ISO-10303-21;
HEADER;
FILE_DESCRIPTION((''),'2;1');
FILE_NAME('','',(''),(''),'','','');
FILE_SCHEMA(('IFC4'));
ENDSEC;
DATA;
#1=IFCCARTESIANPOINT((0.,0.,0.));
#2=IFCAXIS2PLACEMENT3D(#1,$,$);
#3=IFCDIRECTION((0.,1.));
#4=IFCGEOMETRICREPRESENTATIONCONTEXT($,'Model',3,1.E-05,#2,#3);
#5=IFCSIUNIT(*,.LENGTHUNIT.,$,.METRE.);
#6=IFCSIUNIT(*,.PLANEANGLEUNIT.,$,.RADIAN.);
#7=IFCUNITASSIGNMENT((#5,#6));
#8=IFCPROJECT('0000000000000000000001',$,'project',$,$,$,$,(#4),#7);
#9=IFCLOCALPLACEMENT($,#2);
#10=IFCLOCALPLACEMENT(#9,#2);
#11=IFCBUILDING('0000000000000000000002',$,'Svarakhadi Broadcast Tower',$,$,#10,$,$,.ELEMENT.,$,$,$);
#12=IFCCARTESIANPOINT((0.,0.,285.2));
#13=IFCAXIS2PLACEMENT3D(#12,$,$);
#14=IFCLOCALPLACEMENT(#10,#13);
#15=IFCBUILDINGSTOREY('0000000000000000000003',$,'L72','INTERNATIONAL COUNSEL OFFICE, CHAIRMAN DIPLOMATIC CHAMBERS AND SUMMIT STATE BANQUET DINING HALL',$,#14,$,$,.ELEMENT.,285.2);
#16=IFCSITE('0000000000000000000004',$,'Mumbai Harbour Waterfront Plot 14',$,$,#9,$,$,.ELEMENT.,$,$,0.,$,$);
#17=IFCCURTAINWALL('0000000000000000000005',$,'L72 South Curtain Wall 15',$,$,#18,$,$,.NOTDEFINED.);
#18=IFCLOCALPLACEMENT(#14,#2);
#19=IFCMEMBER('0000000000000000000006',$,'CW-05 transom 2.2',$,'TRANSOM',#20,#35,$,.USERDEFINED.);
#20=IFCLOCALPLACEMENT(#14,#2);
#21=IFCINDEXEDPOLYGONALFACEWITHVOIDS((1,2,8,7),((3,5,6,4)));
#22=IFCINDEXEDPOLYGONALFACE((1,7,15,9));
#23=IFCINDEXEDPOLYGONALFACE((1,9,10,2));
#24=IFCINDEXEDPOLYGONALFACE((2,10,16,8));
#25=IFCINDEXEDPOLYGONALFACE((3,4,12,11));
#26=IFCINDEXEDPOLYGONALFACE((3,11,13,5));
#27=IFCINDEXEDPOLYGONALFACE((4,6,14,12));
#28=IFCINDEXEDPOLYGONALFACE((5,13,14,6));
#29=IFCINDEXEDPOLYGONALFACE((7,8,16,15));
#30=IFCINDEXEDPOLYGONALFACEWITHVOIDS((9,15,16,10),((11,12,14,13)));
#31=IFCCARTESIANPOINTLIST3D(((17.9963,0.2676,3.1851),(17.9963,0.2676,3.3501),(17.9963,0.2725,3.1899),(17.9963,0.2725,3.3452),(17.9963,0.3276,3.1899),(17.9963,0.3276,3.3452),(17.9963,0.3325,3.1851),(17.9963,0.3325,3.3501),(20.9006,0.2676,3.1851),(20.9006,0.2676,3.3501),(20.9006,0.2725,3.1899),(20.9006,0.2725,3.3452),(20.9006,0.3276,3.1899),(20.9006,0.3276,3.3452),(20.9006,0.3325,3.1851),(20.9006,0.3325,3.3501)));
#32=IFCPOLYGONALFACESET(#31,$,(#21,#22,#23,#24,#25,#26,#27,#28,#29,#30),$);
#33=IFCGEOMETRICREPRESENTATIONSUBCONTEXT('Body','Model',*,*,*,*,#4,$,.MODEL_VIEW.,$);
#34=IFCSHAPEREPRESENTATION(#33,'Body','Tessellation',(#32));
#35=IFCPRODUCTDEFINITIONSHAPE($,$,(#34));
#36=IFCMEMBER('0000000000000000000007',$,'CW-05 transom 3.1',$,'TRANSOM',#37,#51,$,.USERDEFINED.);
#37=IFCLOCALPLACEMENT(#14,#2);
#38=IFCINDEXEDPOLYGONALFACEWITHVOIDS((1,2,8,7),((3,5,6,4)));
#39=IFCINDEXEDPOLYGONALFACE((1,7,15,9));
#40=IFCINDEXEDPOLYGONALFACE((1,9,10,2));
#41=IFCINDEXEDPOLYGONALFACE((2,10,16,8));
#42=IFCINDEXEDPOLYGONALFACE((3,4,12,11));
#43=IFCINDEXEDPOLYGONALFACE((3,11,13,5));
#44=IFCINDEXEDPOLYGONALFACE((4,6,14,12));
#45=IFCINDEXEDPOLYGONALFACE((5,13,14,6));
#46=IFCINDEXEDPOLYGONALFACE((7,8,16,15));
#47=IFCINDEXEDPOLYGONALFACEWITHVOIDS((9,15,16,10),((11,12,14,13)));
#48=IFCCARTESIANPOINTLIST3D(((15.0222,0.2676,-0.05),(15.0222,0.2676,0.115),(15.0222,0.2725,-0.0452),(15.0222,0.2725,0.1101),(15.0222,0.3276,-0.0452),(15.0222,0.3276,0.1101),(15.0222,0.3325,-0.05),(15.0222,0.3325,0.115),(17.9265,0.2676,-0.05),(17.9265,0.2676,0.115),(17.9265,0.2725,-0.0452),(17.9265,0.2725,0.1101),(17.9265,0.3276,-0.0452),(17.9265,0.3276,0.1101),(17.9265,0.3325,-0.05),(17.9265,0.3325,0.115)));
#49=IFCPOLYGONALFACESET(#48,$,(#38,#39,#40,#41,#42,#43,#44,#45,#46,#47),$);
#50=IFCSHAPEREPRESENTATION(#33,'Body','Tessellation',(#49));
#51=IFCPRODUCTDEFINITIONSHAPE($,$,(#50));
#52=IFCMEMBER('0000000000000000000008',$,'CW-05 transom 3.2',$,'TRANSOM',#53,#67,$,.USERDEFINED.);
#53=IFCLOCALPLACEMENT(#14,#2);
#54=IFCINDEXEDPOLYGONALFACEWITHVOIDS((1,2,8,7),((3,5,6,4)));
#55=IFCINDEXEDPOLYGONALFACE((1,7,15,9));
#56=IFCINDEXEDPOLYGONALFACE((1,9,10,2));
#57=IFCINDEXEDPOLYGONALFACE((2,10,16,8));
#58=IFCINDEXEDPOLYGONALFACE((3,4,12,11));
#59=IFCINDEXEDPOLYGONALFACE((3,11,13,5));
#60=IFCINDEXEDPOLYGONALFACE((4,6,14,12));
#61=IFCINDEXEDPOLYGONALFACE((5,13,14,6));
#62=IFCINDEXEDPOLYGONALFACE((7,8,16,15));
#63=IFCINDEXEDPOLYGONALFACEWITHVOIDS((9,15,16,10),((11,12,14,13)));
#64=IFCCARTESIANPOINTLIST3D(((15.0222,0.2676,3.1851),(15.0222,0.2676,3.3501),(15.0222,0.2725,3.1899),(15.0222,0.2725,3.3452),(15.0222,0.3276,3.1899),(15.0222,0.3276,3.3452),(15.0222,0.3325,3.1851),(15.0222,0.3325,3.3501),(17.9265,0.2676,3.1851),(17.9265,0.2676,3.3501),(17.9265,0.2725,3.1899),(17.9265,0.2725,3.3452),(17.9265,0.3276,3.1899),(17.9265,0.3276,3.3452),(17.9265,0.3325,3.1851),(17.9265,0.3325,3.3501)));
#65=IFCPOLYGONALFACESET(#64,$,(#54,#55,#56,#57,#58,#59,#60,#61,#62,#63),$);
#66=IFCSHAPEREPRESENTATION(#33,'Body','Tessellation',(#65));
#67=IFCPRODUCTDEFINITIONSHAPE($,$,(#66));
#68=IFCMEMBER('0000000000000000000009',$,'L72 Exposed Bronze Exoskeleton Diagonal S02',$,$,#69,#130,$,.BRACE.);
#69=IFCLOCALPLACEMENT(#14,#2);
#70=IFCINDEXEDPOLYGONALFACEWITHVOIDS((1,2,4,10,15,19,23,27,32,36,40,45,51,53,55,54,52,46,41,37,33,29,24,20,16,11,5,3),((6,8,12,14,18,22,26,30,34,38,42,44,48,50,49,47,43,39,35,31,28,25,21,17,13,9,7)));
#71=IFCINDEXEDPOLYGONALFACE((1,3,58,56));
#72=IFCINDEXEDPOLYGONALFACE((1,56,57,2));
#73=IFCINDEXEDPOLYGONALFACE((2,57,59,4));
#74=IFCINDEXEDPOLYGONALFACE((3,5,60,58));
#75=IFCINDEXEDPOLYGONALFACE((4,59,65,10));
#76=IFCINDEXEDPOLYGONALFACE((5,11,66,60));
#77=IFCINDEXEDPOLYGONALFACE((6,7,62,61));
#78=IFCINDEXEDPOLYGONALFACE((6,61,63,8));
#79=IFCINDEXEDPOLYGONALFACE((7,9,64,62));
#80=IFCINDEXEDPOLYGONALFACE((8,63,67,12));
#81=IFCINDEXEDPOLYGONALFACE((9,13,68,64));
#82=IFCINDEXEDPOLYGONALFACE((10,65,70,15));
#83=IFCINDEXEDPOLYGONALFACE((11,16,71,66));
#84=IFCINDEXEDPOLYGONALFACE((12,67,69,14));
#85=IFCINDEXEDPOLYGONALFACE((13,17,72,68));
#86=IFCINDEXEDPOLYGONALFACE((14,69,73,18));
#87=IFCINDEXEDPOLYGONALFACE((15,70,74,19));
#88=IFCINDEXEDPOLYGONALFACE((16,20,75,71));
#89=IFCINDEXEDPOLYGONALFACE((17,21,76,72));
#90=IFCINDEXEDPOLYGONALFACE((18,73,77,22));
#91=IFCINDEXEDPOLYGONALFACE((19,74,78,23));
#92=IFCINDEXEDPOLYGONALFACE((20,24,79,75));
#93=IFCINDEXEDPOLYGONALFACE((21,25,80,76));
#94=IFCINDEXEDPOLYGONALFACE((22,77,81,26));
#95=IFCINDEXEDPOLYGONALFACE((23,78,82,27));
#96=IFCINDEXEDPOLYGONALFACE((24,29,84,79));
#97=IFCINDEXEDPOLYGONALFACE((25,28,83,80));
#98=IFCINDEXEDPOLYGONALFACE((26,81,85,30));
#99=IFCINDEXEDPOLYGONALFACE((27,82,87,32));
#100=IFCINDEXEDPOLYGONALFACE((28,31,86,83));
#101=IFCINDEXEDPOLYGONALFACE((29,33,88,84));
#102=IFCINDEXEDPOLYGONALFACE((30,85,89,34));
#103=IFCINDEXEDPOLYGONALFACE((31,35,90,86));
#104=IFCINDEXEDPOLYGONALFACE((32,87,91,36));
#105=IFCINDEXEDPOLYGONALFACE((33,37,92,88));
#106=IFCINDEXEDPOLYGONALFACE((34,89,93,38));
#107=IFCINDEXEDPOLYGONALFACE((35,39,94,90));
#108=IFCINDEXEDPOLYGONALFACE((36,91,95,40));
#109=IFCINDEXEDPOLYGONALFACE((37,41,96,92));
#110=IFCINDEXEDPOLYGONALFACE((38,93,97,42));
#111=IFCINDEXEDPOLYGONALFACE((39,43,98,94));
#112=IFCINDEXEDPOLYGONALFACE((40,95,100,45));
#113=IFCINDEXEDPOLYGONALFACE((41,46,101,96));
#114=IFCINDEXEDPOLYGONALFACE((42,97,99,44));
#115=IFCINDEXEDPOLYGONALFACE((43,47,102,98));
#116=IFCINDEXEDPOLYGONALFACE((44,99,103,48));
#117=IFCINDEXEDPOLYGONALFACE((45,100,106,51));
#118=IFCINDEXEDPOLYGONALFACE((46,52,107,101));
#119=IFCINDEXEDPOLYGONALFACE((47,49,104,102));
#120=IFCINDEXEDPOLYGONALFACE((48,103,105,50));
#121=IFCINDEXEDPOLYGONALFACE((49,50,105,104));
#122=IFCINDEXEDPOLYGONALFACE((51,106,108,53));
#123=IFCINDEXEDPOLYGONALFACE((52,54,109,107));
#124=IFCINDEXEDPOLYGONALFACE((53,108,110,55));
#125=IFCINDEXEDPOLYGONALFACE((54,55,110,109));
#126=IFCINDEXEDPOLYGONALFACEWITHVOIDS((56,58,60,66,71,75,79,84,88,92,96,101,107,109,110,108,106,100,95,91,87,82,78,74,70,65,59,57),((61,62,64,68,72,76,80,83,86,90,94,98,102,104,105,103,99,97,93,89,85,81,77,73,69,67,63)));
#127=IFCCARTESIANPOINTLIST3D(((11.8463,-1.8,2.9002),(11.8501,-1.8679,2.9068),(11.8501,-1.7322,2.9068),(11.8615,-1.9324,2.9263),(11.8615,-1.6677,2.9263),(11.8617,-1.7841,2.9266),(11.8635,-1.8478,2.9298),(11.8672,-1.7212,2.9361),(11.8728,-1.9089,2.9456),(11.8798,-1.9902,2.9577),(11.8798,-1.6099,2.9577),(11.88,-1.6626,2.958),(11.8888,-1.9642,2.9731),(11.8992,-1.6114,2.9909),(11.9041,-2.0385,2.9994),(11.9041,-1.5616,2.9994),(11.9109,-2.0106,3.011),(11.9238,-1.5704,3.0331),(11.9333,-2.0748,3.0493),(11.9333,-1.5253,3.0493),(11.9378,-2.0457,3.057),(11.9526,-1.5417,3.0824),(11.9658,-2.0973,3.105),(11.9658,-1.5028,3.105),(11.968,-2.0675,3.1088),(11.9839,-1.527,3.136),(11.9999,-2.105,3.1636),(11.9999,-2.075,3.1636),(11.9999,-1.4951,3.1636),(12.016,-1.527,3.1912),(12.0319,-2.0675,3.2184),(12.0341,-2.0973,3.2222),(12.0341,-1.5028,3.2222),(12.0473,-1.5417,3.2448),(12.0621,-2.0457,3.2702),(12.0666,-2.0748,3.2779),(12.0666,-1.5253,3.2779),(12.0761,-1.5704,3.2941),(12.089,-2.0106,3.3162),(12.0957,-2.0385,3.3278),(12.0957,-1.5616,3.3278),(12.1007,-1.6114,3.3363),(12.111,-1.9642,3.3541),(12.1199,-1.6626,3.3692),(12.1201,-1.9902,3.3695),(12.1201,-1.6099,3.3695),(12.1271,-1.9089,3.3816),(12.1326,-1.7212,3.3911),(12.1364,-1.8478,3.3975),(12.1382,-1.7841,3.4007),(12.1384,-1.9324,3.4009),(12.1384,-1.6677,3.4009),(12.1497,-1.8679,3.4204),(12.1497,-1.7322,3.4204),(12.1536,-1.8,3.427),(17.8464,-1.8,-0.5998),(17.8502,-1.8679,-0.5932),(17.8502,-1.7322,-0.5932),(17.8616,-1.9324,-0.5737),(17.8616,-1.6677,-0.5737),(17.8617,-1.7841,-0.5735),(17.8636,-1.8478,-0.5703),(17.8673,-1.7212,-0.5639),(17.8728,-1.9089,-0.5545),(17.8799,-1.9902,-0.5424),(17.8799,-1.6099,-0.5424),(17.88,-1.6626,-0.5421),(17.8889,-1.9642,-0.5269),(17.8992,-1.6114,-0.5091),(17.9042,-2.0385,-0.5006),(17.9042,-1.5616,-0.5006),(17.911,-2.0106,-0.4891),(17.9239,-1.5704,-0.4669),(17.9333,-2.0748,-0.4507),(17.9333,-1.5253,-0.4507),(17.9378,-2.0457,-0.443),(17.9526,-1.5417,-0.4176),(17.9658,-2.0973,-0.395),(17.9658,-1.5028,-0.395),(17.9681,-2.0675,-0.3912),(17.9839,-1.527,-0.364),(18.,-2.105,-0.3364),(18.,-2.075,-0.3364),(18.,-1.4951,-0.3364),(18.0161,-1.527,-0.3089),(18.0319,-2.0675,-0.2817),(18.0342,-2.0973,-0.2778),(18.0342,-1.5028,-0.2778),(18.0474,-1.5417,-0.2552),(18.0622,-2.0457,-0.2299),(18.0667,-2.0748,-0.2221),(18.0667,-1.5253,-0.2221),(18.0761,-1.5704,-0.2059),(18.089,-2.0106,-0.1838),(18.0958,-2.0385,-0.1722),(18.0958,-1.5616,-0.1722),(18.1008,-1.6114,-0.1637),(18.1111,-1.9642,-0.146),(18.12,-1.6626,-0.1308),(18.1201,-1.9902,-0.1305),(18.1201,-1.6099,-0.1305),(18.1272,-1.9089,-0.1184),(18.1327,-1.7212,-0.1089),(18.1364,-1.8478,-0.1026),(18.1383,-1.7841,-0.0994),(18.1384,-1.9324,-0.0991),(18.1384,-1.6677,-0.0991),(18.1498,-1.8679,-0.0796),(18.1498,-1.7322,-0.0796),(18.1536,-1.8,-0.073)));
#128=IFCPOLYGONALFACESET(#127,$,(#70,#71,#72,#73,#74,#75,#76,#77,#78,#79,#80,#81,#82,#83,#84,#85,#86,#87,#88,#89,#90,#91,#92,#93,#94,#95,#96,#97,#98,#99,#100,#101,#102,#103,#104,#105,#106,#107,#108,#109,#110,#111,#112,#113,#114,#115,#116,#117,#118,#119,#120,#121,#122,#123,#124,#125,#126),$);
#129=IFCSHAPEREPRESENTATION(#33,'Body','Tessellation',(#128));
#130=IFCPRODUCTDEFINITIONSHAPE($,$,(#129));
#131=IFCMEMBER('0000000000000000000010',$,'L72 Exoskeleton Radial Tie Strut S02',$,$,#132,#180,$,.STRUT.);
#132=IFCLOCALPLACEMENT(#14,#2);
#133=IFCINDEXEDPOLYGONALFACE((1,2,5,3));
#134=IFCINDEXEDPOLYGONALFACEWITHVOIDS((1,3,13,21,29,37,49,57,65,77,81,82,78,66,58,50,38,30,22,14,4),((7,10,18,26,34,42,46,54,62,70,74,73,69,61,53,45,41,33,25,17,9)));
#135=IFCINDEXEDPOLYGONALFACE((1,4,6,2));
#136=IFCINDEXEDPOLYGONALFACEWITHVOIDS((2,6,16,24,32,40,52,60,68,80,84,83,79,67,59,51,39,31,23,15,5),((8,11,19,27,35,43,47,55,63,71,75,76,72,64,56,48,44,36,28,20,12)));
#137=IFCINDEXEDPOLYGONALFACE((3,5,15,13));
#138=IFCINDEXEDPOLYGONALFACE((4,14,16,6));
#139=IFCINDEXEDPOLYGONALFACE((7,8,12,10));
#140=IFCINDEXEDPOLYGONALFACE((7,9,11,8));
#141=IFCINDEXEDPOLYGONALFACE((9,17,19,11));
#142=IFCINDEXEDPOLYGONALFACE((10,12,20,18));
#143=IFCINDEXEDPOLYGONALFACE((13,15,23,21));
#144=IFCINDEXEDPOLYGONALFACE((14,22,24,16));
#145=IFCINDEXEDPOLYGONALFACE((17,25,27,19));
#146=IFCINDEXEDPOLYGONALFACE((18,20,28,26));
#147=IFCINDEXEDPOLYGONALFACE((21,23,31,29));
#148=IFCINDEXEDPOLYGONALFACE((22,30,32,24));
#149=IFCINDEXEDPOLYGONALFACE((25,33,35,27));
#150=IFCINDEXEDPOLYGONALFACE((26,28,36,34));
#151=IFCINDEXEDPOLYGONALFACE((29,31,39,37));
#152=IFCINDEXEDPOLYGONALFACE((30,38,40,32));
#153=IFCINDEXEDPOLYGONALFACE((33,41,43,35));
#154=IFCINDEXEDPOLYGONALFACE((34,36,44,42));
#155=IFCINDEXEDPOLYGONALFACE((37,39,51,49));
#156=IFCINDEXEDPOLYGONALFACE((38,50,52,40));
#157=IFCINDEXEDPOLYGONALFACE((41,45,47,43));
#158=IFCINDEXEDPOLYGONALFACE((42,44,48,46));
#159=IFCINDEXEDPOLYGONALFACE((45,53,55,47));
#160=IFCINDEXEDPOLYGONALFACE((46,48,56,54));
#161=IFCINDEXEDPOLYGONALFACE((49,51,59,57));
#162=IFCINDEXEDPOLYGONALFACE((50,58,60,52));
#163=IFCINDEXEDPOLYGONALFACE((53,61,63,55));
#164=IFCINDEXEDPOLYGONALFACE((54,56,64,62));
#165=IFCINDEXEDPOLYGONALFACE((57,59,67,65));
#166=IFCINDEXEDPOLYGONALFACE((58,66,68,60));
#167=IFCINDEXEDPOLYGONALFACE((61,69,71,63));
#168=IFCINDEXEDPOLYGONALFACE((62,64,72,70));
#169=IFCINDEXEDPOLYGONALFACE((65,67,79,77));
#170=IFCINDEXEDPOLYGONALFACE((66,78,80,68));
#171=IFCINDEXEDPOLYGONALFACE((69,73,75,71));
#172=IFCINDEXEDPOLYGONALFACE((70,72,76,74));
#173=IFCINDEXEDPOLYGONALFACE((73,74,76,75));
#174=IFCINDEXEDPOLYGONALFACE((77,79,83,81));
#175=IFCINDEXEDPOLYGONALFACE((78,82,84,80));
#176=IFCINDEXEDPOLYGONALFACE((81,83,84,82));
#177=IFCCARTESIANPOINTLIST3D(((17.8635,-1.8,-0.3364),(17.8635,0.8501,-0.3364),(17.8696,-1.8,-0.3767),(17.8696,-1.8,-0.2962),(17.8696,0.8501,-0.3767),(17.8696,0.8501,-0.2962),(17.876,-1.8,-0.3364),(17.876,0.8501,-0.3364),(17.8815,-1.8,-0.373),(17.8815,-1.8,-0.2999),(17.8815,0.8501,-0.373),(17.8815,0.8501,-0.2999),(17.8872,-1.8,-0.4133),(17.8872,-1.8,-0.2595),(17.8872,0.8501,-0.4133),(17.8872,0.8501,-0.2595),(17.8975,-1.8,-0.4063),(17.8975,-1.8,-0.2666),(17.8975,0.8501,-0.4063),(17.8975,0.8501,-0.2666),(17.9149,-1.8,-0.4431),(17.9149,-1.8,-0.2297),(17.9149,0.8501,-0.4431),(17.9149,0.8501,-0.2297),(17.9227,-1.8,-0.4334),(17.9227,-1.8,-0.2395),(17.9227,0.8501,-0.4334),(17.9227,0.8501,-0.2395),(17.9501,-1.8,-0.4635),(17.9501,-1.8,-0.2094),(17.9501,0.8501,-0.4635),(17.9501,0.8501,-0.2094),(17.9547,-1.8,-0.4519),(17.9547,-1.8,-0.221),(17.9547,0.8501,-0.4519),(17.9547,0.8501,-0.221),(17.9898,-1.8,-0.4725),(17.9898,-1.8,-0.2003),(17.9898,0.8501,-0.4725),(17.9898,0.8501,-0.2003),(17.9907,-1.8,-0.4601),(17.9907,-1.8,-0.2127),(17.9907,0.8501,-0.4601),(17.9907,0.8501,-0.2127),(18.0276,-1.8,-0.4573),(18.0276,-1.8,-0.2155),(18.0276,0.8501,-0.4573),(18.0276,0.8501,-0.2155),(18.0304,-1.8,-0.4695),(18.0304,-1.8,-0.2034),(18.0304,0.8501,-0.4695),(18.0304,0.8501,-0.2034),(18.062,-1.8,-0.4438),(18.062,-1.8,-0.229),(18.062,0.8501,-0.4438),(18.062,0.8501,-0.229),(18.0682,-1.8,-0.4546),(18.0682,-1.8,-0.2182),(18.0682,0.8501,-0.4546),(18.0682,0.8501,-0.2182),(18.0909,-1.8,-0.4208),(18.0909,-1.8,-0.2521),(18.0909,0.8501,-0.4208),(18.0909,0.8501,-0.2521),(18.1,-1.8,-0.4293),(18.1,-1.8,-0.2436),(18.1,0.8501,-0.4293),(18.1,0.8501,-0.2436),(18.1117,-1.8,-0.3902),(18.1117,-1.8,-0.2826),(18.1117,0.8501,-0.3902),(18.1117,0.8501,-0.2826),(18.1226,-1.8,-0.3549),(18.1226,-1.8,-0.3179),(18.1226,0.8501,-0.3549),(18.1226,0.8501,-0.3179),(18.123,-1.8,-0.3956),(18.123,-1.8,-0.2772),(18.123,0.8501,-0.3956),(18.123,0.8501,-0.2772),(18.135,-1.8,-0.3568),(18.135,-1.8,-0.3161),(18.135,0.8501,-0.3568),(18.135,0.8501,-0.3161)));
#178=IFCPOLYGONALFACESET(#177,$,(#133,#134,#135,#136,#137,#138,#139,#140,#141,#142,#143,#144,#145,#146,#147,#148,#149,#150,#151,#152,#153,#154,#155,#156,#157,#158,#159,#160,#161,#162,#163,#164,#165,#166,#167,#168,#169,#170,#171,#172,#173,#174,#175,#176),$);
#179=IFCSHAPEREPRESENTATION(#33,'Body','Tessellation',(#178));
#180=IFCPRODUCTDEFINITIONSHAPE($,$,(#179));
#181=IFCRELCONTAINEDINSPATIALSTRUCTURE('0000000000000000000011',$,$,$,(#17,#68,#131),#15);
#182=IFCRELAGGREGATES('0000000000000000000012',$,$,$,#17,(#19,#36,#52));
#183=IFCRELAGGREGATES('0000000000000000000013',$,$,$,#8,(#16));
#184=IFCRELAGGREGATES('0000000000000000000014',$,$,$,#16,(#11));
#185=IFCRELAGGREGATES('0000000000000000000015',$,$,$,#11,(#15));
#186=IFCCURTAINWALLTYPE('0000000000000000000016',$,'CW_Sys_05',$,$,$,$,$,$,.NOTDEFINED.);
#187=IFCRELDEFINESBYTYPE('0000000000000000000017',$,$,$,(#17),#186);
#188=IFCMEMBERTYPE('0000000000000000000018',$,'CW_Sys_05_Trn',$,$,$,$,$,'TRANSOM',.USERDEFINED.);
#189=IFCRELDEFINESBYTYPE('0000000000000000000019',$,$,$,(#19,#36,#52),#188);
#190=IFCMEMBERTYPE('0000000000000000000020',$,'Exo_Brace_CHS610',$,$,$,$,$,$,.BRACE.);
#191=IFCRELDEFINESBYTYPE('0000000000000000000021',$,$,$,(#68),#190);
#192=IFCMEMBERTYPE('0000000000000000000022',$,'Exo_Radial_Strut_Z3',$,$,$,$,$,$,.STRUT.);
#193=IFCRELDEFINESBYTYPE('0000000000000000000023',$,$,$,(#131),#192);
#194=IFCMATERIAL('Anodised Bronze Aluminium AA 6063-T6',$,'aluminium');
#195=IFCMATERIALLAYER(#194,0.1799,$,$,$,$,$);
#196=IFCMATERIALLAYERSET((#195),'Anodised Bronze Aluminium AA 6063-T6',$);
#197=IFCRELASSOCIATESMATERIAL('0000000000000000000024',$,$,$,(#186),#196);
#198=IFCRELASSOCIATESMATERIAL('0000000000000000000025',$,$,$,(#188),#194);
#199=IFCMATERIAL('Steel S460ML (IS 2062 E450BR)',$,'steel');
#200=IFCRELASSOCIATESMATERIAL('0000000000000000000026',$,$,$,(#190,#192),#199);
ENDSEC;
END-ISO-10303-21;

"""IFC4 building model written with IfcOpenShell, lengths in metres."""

from ifc_helpers import new_model, si_unit, direction, frame, origin, origin_2d, place, context, subcontext, project, spatial, hollow_rectangle, hollow_circle, extrude, material, layer, layer_set, material_profile, profile_set, type_object, element, aggregate, save


model = new_model("IFC4")

# Units and contexts
model_context = context("Model", 3, precision=1e-05, world=origin(), true_north=direction((0.0, 1.0)))
body_context = subcontext(model_context, "Body", "Model", "MODEL_VIEW")
ifc_project = project(units=[si_unit("LENGTHUNIT", "METRE"), si_unit("PLANEANGLEUNIT", "RADIAN")], contexts=[model_context])

# Site, building, storey
site_placement = place(None, origin())
site = spatial("IfcSite", under=ifc_project, at=site_placement, Name="Mumbai Harbour Waterfront Plot 14", CompositionType="ELEMENT", RefElevation=0.0)
building_placement = place(site_placement, origin())
building = spatial("IfcBuilding", under=site, at=building_placement, Name="Svarakhadi Broadcast Tower", CompositionType="ELEMENT")
storey_placement = place(building_placement, frame((0.0, 0.0, 285.2)))
storey = spatial("IfcBuildingStorey", under=building, at=storey_placement, Name="L72", Description="INTERNATIONAL COUNSEL OFFICE, CHAIRMAN DIPLOMATIC CHAMBERS AND SUMMIT STATE BANQUET DINING HALL", CompositionType="ELEMENT", Elevation=285.2)

# Shared definitions
ifc_material_1 = material(Name="Steel S460ML (IS 2062 E450BR)", Category="steel")

# Curtain wall, members
ifc_material_2 = material(Name="Anodised Bronze Aluminium AA 6063-T6", Category="aluminium")
ifc_layer_1 = layer(ifc_material_2, 0.1799)
ifc_layer_set_1 = layer_set([ifc_layer_1], Name="Anodised Bronze Aluminium AA 6063-T6")
curtain_wall_type = type_object("IfcCurtainWallType", Name="CW_Sys_05", PredefinedType="NOTDEFINED", material=ifc_layer_set_1)
curtain_wall_placement = place(storey_placement, origin())
curtain_wall = element("IfcCurtainWall", 1, at=curtain_wall_placement, inside=storey, type_object=curtain_wall_type, Name="L72 South Curtain Wall 15", PredefinedType="NOTDEFINED")
ifc_material_profile_1 = material_profile(ifc_material_2, hollow_rectangle(XDim=0.0649, YDim=0.165, WallThickness=0.0049, at=origin_2d()), Name="ALU TRANSOM 165x65x5")
ifc_profile_set_1 = profile_set([ifc_material_profile_1], Name="Anodised Bronze Aluminium AA 6063-T6")
member_type_1 = type_object("IfcMemberType", Name="CW_Sys_05_Trn", ElementType="TRANSOM", PredefinedType="USERDEFINED", material=ifc_profile_set_1)
member_1_placement = place(storey_placement, frame((20.9006, 0.3, 3.2676), z_axis=(-1.0, 0.0, 0.0), x_axis=(0.0, -1.0, 0.0)))
member_1 = element("IfcMember", 2, at=member_1_placement, type_object=member_type_1, Name="CW-05 transom 2.2", ObjectType="TRANSOM", PredefinedType="USERDEFINED", context=body_context, shape_type="SweptSolid", body=[
    extrude(hollow_rectangle(XDim=0.0649, YDim=0.165, WallThickness=0.0049, at=origin_2d()), origin(), (0.0, 0.0, 1.0), 2.9043),
])
member_2_placement = place(storey_placement, frame((17.9265, 0.3, 0.0325), z_axis=(-1.0, 0.0, 0.0), x_axis=(0.0, -1.0, 0.0)))
member_2 = element("IfcMember", 3, at=member_2_placement, type_object=member_type_1, Name="CW-05 transom 3.1", ObjectType="TRANSOM", PredefinedType="USERDEFINED", context=body_context, shape_type="SweptSolid", body=[
    extrude(hollow_rectangle(XDim=0.0649, YDim=0.165, WallThickness=0.0049, at=origin_2d()), origin(), (0.0, 0.0, 1.0), 2.9043),
])
member_3_placement = place(storey_placement, frame((17.9265, 0.3, 3.2676), z_axis=(-1.0, 0.0, 0.0), x_axis=(0.0, -1.0, 0.0)))
member_3 = element("IfcMember", 4, at=member_3_placement, type_object=member_type_1, Name="CW-05 transom 3.2", ObjectType="TRANSOM", PredefinedType="USERDEFINED", context=body_context, shape_type="SweptSolid", body=[
    extrude(hollow_rectangle(XDim=0.0649, YDim=0.165, WallThickness=0.0049, at=origin_2d()), origin(), (0.0, 0.0, 1.0), 2.9043),
])

# Members
ifc_material_profile_2 = material_profile(ifc_material_1, hollow_circle(Radius=0.3049, WallThickness=0.03, at=origin_2d()), Name="CHS 610x30")
ifc_profile_set_2 = profile_set([ifc_material_profile_2], Name="Steel S460ML (IS 2062 E450BR)")
member_type_2 = type_object("IfcMemberType", Name="Exo_Brace_CHS610", PredefinedType="BRACE", material=ifc_profile_set_2)
member_4_placement = place(storey_placement, frame((18.0, -1.8, -0.3364), z_axis=(-0.863779, 0.0, 0.503871), x_axis=(0.0, -1.0, 0.0)))
element("IfcMember", 5, at=member_4_placement, inside=storey, type_object=member_type_2, Name="L72 Exposed Bronze Exoskeleton Diagonal S02", PredefinedType="BRACE", context=body_context, shape_type="SweptSolid", body=[
    extrude(hollow_circle(Radius=0.3049, WallThickness=0.03, at=origin_2d()), origin(), (0.0, 0.0, 1.0), 6.9463),
])
ifc_material_profile_3 = material_profile(ifc_material_1, hollow_circle(Radius=0.1365, WallThickness=0.0125, at=origin_2d()), Name="CHS 273x12.5")
ifc_profile_set_3 = profile_set([ifc_material_profile_3], Name="Steel S460ML (IS 2062 E450BR)")
member_type_3 = type_object("IfcMemberType", Name="Exo_Radial_Strut_Z3", PredefinedType="STRUT", material=ifc_profile_set_3)
member_5_placement = place(storey_placement, frame((18.0, -1.8, -0.3364), z_axis=(0.0, 1.0, 0.0), x_axis=(-1.0, 0.0, 0.0)))
element("IfcMember", 6, at=member_5_placement, inside=storey, type_object=member_type_3, Name="L72 Exoskeleton Radial Tie Strut S02", PredefinedType="STRUT", context=body_context, shape_type="SweptSolid", body=[
    extrude(hollow_circle(Radius=0.1365, WallThickness=0.0125, at=origin_2d()), origin(), (0.0, 0.0, 1.0), 2.6501),
])

aggregate(curtain_wall, [member_1, member_2, member_3])

save(model, "model.ifc")
